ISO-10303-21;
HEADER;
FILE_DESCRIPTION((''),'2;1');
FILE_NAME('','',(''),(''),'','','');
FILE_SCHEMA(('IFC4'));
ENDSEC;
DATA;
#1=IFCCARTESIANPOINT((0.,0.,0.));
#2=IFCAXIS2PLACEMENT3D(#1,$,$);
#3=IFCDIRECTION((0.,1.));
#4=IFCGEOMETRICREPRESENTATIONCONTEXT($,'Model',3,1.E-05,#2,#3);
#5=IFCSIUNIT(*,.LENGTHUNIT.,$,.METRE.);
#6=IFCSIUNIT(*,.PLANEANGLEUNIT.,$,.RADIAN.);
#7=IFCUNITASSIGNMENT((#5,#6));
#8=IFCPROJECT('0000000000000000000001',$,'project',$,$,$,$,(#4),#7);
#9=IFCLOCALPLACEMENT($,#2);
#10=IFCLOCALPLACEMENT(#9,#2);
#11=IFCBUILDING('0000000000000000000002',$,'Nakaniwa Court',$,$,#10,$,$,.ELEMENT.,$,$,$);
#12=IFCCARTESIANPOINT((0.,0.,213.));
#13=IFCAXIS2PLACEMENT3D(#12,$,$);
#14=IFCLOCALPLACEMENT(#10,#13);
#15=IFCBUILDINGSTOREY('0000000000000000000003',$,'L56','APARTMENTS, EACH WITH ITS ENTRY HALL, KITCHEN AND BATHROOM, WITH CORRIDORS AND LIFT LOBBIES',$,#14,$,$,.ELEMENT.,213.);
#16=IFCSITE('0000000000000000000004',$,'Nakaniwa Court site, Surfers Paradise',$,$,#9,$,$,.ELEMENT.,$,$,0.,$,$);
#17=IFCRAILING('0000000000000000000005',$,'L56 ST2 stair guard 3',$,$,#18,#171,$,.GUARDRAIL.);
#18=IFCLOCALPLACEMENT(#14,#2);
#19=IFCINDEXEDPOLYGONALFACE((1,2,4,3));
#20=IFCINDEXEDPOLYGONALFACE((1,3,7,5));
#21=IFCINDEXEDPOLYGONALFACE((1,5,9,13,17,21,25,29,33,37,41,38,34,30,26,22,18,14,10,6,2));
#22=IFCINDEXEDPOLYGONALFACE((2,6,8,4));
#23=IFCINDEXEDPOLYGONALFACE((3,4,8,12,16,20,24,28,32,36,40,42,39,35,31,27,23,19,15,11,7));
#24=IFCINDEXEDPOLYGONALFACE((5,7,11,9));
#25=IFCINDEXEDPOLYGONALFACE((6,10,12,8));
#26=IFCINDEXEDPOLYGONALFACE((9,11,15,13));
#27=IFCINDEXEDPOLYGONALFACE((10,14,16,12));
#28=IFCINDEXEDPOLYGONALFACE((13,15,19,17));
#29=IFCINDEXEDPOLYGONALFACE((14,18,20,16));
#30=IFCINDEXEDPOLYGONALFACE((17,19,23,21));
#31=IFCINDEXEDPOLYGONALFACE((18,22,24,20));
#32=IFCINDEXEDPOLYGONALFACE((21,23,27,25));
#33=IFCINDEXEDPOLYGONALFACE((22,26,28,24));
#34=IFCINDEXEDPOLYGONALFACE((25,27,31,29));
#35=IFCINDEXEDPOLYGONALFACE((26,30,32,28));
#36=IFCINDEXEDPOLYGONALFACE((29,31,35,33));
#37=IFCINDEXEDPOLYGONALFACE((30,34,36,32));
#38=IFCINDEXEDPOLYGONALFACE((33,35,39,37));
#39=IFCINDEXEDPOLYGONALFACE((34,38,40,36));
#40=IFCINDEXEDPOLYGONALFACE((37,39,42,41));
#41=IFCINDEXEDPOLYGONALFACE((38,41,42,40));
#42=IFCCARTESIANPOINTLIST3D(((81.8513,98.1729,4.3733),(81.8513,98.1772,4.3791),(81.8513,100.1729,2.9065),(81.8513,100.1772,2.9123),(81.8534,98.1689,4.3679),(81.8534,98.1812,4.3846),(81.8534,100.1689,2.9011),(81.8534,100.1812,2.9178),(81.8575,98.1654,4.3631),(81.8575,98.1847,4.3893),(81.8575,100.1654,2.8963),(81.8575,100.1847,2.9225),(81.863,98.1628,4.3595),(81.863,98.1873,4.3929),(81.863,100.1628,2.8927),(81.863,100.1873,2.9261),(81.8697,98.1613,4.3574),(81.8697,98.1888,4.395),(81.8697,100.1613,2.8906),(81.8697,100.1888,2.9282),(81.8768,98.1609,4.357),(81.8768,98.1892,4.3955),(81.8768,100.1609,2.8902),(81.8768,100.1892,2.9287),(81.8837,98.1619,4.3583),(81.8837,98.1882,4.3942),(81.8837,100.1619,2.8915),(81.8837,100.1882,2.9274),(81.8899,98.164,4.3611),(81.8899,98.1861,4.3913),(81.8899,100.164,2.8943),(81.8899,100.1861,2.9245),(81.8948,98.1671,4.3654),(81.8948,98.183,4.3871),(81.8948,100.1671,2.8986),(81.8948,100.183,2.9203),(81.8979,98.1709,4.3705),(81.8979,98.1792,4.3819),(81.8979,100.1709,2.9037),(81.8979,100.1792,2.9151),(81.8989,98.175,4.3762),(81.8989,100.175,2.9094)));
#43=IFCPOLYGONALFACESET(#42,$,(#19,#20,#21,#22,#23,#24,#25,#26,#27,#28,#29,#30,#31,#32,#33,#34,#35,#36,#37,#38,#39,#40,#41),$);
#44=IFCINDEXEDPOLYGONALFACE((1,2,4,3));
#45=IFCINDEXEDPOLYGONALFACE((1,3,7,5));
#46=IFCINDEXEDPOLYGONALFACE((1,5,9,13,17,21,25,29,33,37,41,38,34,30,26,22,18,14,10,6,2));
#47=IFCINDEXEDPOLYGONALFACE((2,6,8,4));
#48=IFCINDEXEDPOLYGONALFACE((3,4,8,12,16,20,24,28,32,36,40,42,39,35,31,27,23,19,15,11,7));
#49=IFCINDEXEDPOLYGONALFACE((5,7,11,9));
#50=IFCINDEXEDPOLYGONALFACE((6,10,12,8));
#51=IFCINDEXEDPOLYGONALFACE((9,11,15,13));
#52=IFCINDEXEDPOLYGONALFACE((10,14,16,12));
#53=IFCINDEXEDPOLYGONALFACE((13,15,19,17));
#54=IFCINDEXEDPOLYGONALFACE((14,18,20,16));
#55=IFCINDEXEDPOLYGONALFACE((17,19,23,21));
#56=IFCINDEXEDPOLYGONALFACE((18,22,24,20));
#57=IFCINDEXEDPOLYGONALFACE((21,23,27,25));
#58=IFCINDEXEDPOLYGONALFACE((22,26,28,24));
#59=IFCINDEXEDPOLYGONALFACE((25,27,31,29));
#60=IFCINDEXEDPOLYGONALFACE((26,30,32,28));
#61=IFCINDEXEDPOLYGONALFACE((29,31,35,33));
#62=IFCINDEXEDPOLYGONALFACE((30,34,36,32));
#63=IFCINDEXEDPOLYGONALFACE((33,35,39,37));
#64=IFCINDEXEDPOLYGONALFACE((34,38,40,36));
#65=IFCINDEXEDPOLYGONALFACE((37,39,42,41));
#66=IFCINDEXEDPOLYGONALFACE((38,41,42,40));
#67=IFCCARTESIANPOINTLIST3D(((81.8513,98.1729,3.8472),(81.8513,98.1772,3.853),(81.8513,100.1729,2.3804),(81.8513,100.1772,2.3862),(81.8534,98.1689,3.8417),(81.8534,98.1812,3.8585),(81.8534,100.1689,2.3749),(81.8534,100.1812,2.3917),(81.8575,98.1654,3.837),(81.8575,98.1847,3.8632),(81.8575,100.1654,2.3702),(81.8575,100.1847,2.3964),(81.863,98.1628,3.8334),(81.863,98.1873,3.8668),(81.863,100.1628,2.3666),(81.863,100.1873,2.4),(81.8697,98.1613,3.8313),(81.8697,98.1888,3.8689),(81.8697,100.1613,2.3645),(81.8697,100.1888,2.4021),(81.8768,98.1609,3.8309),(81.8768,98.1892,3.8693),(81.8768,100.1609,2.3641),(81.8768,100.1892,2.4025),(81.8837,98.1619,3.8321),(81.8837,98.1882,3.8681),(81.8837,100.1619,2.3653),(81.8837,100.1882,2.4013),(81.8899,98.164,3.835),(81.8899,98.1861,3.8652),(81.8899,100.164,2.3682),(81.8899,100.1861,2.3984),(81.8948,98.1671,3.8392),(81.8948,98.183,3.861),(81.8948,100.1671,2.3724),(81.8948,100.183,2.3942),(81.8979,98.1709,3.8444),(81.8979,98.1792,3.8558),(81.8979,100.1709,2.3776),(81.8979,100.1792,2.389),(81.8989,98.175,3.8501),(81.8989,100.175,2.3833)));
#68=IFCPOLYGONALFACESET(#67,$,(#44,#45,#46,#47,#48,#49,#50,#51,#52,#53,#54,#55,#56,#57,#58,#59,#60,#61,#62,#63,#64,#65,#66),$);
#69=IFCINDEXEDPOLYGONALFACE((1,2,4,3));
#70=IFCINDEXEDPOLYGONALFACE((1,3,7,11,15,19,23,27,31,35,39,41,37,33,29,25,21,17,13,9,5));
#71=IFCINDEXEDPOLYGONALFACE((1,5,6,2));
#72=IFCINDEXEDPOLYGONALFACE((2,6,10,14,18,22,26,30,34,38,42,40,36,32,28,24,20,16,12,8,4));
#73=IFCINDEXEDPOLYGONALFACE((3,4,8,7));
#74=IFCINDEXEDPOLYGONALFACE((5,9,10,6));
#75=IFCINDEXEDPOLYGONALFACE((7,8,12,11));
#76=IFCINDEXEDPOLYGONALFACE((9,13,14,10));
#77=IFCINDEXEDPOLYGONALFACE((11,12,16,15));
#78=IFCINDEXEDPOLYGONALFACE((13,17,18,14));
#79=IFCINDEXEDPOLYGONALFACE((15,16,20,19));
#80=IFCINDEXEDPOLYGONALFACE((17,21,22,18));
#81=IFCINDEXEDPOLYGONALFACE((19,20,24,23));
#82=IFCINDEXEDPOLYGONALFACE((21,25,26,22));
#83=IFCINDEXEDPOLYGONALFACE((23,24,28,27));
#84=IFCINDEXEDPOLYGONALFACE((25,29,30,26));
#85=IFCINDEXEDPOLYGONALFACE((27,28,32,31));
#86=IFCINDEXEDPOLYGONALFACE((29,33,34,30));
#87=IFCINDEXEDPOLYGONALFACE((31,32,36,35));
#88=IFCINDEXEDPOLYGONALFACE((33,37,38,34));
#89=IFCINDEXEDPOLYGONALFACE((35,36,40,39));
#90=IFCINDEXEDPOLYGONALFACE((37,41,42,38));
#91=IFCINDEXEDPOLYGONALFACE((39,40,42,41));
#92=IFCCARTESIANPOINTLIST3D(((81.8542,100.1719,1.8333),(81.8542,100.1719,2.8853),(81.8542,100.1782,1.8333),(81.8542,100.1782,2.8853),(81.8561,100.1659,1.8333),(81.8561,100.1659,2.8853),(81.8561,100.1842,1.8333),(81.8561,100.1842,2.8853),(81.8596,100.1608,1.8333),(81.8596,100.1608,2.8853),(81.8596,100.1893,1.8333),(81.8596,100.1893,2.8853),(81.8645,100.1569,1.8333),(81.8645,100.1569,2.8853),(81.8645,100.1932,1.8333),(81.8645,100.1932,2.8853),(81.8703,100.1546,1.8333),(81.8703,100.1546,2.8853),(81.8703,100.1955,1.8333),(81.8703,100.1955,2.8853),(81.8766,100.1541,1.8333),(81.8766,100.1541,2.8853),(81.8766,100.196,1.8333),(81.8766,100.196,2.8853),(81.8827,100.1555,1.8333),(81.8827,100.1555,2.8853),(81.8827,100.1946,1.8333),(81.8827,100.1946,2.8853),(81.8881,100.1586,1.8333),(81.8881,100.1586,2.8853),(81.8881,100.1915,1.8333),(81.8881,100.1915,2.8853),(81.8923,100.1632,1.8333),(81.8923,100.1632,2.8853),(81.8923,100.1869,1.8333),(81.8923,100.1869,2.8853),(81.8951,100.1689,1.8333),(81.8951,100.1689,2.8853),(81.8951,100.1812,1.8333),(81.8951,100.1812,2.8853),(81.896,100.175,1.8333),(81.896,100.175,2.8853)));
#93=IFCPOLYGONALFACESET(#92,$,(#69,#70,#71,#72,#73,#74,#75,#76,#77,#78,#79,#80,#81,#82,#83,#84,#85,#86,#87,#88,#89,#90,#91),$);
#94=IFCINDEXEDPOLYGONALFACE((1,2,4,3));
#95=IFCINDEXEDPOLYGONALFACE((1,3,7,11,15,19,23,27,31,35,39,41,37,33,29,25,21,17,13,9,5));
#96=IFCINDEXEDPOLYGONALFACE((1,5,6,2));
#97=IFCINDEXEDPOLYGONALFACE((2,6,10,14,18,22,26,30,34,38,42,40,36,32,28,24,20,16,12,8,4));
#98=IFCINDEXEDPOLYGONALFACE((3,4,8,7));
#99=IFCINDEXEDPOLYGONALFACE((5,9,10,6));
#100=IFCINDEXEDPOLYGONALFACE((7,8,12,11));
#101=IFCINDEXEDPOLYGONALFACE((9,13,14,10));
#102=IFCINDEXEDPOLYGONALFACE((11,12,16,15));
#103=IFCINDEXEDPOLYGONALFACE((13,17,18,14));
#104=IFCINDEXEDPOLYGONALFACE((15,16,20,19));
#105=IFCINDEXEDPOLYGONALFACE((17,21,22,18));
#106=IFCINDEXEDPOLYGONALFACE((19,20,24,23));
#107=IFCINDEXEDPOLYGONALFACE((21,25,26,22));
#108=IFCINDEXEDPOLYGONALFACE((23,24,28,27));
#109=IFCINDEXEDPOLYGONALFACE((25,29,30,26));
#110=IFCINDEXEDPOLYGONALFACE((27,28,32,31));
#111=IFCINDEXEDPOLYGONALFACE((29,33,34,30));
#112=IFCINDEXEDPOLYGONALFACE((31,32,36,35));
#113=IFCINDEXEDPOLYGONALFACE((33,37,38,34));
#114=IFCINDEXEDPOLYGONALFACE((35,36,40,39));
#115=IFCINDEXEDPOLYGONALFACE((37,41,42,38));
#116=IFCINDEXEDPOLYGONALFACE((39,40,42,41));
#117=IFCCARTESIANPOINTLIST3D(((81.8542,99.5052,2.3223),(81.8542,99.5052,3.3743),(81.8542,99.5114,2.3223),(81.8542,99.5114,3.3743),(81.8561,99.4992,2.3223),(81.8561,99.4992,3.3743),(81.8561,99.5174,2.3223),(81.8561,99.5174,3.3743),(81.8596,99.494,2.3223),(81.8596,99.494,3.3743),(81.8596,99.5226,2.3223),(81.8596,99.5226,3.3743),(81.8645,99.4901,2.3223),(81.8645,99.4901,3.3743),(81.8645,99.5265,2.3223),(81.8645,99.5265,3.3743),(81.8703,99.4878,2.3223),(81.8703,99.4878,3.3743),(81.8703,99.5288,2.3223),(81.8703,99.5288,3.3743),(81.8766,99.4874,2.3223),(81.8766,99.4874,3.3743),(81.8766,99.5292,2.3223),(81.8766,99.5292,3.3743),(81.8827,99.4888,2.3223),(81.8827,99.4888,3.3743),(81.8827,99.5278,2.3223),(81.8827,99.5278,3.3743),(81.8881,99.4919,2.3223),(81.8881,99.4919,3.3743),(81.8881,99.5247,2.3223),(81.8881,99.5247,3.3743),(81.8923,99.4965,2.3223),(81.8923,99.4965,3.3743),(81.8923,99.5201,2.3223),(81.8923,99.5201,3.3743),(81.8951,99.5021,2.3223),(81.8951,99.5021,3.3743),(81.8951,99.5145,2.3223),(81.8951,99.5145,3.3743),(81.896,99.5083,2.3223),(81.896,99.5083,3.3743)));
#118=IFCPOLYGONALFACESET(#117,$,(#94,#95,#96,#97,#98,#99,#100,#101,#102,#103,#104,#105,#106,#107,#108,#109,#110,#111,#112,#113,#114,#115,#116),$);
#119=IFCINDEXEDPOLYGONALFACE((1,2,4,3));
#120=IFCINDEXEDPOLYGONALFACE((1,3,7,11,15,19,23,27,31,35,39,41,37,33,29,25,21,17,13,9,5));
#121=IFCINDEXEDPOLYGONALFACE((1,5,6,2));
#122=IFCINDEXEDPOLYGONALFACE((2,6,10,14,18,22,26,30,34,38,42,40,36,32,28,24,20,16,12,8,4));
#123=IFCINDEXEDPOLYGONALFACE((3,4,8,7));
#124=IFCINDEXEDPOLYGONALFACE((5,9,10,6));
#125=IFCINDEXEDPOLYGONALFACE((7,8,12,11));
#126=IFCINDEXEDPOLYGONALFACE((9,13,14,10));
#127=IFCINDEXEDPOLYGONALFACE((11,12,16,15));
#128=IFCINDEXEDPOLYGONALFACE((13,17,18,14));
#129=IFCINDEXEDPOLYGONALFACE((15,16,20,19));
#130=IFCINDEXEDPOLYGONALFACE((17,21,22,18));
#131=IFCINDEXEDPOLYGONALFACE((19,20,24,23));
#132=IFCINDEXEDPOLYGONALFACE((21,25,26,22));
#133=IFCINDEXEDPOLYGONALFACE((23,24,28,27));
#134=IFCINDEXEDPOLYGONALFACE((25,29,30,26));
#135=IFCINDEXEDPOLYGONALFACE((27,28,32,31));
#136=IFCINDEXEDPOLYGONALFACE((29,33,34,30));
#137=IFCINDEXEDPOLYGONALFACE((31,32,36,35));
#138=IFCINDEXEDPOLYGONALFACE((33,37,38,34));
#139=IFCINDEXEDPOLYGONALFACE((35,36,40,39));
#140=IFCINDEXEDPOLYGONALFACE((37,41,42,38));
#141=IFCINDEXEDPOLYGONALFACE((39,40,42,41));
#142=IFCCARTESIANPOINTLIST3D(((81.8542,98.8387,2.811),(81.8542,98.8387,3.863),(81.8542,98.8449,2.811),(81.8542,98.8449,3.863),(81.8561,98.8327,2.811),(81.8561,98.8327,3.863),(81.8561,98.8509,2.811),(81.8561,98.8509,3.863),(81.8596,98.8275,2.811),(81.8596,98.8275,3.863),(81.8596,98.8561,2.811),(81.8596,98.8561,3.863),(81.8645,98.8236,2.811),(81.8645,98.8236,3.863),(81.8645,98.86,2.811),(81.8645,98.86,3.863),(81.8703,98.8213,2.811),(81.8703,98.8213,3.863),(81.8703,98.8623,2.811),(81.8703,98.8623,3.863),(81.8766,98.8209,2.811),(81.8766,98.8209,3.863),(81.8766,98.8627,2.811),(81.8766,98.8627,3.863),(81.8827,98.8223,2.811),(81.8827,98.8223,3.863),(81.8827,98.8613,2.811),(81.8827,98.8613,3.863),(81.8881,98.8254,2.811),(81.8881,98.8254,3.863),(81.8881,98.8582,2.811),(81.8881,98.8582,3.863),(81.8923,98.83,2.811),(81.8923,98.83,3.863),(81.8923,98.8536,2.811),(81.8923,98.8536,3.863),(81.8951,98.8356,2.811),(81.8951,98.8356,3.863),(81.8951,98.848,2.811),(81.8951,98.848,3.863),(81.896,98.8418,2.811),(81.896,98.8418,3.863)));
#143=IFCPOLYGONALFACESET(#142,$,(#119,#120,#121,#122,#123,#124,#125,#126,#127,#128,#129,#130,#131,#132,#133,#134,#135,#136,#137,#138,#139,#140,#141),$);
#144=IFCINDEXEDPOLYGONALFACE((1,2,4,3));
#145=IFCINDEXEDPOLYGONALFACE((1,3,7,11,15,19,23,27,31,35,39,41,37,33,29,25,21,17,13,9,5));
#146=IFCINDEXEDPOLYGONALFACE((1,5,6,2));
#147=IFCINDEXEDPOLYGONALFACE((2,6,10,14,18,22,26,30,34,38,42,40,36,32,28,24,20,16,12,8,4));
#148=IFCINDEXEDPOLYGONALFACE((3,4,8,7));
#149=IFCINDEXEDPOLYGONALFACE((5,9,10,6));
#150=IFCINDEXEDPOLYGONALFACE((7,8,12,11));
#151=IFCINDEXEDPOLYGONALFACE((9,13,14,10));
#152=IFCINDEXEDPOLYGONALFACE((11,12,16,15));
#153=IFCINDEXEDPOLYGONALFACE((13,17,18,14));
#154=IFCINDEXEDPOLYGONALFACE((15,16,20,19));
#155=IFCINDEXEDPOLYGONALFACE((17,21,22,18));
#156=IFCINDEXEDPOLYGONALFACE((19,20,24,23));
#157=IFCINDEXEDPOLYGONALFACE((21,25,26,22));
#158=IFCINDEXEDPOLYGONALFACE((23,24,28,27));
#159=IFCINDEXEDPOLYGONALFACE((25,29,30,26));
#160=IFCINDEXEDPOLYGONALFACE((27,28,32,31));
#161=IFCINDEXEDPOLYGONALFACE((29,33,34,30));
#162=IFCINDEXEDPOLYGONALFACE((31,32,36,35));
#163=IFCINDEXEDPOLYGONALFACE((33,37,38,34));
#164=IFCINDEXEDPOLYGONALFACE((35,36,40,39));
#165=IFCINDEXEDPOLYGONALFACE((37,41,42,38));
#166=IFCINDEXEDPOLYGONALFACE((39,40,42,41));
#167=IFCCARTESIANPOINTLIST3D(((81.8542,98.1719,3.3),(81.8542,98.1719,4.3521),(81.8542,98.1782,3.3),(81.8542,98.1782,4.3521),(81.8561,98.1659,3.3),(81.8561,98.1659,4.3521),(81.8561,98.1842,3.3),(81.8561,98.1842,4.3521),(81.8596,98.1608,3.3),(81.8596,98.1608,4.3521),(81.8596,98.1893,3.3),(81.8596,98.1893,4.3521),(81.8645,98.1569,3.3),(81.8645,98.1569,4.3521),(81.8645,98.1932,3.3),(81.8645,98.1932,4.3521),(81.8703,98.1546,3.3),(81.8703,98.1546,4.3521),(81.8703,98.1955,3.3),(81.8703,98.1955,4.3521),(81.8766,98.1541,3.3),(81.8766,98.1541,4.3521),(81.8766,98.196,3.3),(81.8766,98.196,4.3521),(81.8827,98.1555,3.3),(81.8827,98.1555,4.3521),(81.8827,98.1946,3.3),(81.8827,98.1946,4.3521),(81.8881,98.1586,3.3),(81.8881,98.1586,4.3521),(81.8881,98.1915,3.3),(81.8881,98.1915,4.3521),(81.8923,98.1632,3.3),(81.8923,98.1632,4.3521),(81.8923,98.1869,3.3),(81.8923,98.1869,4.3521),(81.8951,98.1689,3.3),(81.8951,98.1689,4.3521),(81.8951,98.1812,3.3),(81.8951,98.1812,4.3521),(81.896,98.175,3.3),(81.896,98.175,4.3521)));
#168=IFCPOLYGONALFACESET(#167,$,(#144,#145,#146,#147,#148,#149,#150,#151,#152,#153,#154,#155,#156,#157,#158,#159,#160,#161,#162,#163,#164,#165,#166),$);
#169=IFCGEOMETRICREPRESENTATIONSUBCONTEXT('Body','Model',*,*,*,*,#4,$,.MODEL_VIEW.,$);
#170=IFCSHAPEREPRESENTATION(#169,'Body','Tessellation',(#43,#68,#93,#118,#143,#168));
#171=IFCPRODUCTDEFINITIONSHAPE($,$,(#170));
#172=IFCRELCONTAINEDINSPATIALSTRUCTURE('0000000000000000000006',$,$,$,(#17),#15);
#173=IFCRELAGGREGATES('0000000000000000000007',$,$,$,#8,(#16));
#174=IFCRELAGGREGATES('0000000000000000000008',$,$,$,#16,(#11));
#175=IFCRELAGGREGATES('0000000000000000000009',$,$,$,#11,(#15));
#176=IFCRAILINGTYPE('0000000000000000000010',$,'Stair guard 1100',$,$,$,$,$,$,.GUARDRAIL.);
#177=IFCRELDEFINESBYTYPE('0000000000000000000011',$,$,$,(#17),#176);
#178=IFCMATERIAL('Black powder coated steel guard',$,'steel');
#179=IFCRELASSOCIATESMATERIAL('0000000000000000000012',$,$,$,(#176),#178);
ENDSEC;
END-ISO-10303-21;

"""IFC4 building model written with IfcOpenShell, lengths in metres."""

from ifc_helpers import new_model, si_unit, direction, frame, origin, origin_2d, place, context, subcontext, project, spatial, circle, extrude, material, type_object, element, save


model = new_model("IFC4")

# Units and contexts
model_context = context("Model", 3, precision=1e-05, world=origin(), true_north=direction((0.0, 1.0)))
body_context = subcontext(model_context, "Body", "Model", "MODEL_VIEW")
ifc_project = project(units=[si_unit("LENGTHUNIT", "METRE"), si_unit("PLANEANGLEUNIT", "RADIAN")], contexts=[model_context])

# Site, building, storey
site_placement = place(None, origin())
site = spatial("IfcSite", under=ifc_project, at=site_placement, Name="Nakaniwa Court site, Surfers Paradise", CompositionType="ELEMENT", RefElevation=0.0)
building_placement = place(site_placement, origin())
building = spatial("IfcBuilding", under=site, at=building_placement, Name="Nakaniwa Court", CompositionType="ELEMENT")
storey_placement = place(building_placement, frame((0.0, 0.0, 213.0)))
storey = spatial("IfcBuildingStorey", under=building, at=storey_placement, Name="L56", Description="APARTMENTS, EACH WITH ITS ENTRY HALL, KITCHEN AND BATHROOM, WITH CORRIDORS AND LIFT LOBBIES", CompositionType="ELEMENT", Elevation=213.0)

# Railing
ifc_material_1 = material(Name="Black powder coated steel guard", Category="steel")
railing_type_1 = type_object("IfcRailingType", Name="Stair guard 1100", PredefinedType="GUARDRAIL", material=ifc_material_1)
railing_1_placement = place(storey_placement, frame((81.875, 100.175, 1.8333)))
element("IfcRailing", 1, at=railing_1_placement, inside=storey, type_object=railing_type_1, Name="L56 ST2 stair guard 3", PredefinedType="GUARDRAIL", context=body_context, shape_type="SweptSolid", body=[
    extrude(circle(Radius=0.0239, at=origin_2d()), frame((0.0, 0.0, 1.0762), z_axis=(0.0, -0.80638, 0.591398), x_axis=(1.0, 0.0, 0.0)), (0.0, 0.0, 1.0), 2.4802),
    extrude(circle(Radius=0.0239, at=origin_2d()), frame((0.0, 0.0, 0.55), z_axis=(0.0, -0.80638, 0.591398), x_axis=(1.0, 0.0, 0.0)), (0.0, 0.0, 1.0), 2.4802),
    extrude(circle(Radius=0.021, at=origin_2d()), origin(), (0.0, 0.0, 1.0), 1.052),
    extrude(circle(Radius=0.021, at=origin_2d()), frame((0.0, -0.6667, 0.489)), (0.0, 0.0, 1.0), 1.052),
    extrude(circle(Radius=0.021, at=origin_2d()), frame((0.0, -1.3333, 0.9778)), (0.0, 0.0, 1.0), 1.052),
    extrude(circle(Radius=0.021, at=origin_2d()), frame((0.0, -2.0, 1.4668)), (0.0, 0.0, 1.0), 1.052),
])

save(model, "model.ifc")
